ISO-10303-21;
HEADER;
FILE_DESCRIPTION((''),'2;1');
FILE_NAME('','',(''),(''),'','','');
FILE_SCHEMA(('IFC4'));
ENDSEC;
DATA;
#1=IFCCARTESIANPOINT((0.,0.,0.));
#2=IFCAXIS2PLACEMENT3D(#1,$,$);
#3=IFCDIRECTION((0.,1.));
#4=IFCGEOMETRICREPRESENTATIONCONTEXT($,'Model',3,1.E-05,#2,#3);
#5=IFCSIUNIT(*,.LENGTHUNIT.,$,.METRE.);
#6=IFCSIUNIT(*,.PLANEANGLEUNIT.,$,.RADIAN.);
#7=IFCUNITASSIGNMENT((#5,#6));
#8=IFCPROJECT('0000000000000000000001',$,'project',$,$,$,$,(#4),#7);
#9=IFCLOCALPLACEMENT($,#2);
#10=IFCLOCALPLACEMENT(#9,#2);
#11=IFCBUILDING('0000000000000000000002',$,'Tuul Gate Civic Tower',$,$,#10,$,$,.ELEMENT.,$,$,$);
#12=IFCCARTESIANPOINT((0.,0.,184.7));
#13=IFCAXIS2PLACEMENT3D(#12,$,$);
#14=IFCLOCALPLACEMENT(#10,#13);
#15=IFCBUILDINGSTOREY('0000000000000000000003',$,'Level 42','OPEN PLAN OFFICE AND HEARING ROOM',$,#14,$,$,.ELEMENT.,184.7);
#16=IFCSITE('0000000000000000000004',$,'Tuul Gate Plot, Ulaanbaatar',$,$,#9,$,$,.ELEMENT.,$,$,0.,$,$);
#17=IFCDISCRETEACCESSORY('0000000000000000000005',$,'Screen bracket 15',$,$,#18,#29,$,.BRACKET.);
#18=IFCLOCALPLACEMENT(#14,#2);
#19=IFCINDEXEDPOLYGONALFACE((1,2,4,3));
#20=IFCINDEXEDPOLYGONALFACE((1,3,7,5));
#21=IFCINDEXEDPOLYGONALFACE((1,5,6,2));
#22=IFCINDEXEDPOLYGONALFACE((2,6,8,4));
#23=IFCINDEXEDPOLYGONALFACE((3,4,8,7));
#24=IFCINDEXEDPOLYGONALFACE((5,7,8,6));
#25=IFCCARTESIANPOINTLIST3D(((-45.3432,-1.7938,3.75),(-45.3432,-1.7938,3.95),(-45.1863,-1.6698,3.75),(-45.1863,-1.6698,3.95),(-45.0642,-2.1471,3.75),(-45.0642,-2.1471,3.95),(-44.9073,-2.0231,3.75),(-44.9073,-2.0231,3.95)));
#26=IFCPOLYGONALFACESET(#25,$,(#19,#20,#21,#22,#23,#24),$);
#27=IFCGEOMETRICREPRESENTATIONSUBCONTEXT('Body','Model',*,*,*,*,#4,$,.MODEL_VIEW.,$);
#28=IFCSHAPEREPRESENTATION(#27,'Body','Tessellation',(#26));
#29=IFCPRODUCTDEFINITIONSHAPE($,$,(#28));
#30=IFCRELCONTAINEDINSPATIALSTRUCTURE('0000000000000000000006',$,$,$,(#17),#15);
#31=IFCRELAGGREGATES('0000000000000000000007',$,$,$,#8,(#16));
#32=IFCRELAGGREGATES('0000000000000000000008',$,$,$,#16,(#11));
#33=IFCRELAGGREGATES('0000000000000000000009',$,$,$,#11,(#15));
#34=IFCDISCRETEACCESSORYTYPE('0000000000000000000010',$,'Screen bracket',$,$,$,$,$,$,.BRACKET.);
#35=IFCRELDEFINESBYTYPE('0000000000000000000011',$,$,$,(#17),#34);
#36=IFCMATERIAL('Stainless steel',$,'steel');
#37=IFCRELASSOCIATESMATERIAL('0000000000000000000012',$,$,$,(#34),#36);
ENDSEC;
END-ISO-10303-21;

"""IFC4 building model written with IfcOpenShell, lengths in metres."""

from ifc_helpers import new_model, si_unit, direction, frame, origin, origin_2d, place, context, subcontext, project, spatial, rectangle, extrude, material, type_object, element, save


model = new_model("IFC4")

# Units and contexts
model_context = context("Model", 3, precision=1e-05, world=origin(), true_north=direction((0.0, 1.0)))
body_context = subcontext(model_context, "Body", "Model", "MODEL_VIEW")
ifc_project = project(units=[si_unit("LENGTHUNIT", "METRE"), si_unit("PLANEANGLEUNIT", "RADIAN")], contexts=[model_context])

# Site, building, storey
site_placement = place(None, origin())
site = spatial("IfcSite", under=ifc_project, at=site_placement, Name="Tuul Gate Plot, Ulaanbaatar", CompositionType="ELEMENT", RefElevation=0.0)
building_placement = place(site_placement, origin())
building = spatial("IfcBuilding", under=site, at=building_placement, Name="Tuul Gate Civic Tower", CompositionType="ELEMENT")
storey_placement = place(building_placement, frame((0.0, 0.0, 184.7)))
storey = spatial("IfcBuildingStorey", under=building, at=storey_placement, Name="Level 42", Description="OPEN PLAN OFFICE AND HEARING ROOM", CompositionType="ELEMENT", Elevation=184.7)

# Discrete accessory
ifc_material_1 = material(Name="Stainless steel", Category="steel")
discrete_accessory_type = type_object("IfcDiscreteAccessoryType", Name="Screen bracket", PredefinedType="BRACKET", material=ifc_material_1)
discrete_accessory_placement = place(storey_placement, frame((-45.1252, -1.9084, 3.75), z_axis=(0.0, 0.0, 1.0), x_axis=(-0.619891, 0.784688, 0.0)))
element("IfcDiscreteAccessory", 1, at=discrete_accessory_placement, inside=storey, type_object=discrete_accessory_type, Name="Screen bracket 15", PredefinedType="BRACKET", context=body_context, shape_type="SweptSolid", body=[
    extrude(rectangle(XDim=0.4502, YDim=0.2, at=origin_2d()), origin(), (0.0, 0.0, 1.0), 0.2),
])

save(model, "model.ifc")
